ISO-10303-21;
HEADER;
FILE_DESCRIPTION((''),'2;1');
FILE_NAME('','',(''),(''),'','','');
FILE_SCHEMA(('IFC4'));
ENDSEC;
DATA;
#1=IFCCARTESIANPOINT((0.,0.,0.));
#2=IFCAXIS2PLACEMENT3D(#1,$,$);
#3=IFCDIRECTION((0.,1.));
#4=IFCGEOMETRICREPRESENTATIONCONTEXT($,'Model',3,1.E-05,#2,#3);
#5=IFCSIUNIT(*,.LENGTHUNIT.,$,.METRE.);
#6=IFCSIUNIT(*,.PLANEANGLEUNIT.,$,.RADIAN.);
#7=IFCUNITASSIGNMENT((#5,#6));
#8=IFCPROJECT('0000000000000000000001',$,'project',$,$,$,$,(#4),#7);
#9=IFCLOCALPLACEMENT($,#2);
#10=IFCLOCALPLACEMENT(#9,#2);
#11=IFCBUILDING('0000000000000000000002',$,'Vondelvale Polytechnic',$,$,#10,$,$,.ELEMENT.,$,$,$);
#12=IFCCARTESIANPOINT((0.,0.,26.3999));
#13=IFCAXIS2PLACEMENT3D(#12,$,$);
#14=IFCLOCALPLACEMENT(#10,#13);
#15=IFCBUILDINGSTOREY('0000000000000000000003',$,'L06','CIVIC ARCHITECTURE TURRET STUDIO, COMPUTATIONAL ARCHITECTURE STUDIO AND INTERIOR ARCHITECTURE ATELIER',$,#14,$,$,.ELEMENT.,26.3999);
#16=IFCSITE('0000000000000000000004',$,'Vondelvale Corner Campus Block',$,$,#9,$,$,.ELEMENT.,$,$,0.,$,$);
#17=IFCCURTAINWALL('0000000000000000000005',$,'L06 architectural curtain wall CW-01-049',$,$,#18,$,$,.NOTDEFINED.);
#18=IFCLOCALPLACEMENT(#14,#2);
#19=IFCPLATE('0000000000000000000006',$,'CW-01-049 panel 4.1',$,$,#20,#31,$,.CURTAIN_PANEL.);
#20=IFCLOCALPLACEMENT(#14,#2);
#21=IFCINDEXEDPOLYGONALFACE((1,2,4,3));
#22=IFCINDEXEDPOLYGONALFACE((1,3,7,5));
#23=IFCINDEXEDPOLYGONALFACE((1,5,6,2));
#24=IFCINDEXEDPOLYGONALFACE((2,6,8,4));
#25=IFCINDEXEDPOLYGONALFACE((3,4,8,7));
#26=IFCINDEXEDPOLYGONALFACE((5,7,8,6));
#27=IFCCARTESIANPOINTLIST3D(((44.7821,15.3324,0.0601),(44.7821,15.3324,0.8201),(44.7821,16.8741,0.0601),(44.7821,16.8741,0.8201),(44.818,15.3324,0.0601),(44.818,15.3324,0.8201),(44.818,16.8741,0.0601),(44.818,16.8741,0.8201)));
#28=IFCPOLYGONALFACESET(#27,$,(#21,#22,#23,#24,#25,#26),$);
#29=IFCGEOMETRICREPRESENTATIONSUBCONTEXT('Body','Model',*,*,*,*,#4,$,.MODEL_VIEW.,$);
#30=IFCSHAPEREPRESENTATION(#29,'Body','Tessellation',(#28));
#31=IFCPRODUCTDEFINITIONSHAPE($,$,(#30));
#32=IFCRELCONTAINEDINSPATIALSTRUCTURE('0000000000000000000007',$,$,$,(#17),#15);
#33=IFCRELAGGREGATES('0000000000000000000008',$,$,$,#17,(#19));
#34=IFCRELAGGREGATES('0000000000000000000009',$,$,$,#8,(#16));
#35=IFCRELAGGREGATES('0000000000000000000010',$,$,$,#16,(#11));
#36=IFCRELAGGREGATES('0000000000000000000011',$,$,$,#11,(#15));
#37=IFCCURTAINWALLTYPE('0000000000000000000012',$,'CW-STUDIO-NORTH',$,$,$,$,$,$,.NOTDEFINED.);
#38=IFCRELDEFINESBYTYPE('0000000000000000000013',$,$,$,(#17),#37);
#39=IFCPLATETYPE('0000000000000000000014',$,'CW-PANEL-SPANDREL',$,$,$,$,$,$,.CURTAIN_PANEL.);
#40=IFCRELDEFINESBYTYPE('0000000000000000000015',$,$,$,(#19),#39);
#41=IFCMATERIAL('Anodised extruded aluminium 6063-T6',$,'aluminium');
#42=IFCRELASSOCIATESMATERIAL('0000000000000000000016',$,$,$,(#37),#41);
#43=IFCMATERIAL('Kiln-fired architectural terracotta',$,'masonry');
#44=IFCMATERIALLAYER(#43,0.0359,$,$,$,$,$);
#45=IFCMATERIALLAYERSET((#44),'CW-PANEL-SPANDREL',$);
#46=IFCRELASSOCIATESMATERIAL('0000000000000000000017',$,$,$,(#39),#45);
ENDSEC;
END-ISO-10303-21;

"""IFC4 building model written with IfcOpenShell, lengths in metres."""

from ifc_helpers import new_model, si_unit, direction, frame, origin, origin_2d, place, context, subcontext, project, spatial, rectangle, extrude, material, layer, layer_set, type_object, element, aggregate, save


model = new_model("IFC4")

# Units and contexts
model_context = context("Model", 3, precision=1e-05, world=origin(), true_north=direction((0.0, 1.0)))
body_context = subcontext(model_context, "Body", "Model", "MODEL_VIEW")
ifc_project = project(units=[si_unit("LENGTHUNIT", "METRE"), si_unit("PLANEANGLEUNIT", "RADIAN")], contexts=[model_context])

# Site, building, storey
site_placement = place(None, origin())
site = spatial("IfcSite", under=ifc_project, at=site_placement, Name="Vondelvale Corner Campus Block", CompositionType="ELEMENT", RefElevation=0.0)
building_placement = place(site_placement, origin())
building = spatial("IfcBuilding", under=site, at=building_placement, Name="Vondelvale Polytechnic", CompositionType="ELEMENT")
storey_placement = place(building_placement, frame((0.0, 0.0, 26.3999)))
storey = spatial("IfcBuildingStorey", under=building, at=storey_placement, Name="L06", Description="CIVIC ARCHITECTURE TURRET STUDIO, COMPUTATIONAL ARCHITECTURE STUDIO AND INTERIOR ARCHITECTURE ATELIER", CompositionType="ELEMENT", Elevation=26.3999)

# Curtain wall
ifc_material_1 = material(Name="Anodised extruded aluminium 6063-T6", Category="aluminium")
curtain_wall_type = type_object("IfcCurtainWallType", Name="CW-STUDIO-NORTH", PredefinedType="NOTDEFINED", material=ifc_material_1)
curtain_wall_1_placement = place(storey_placement, origin())
curtain_wall_1 = element("IfcCurtainWall", 1, at=curtain_wall_1_placement, inside=storey, type_object=curtain_wall_type, Name="L06 architectural curtain wall CW-01-049", PredefinedType="NOTDEFINED")

# Plate
ifc_material_2 = material(Name="Kiln-fired architectural terracotta", Category="masonry")
ifc_layer_1 = layer(ifc_material_2, 0.0359)
ifc_layer_set_1 = layer_set([ifc_layer_1], Name="CW-PANEL-SPANDREL")
plate_type_1 = type_object("IfcPlateType", Name="CW-PANEL-SPANDREL", PredefinedType="CURTAIN_PANEL", material=ifc_layer_set_1)
plate_1_placement = place(storey_placement, frame((44.8, 16.1033, 0.0601), z_axis=(0.0, 0.0, 1.0), x_axis=(0.0, 1.0, 0.0)))
plate_1 = element("IfcPlate", 2, at=plate_1_placement, type_object=plate_type_1, Name="CW-01-049 panel 4.1", PredefinedType="CURTAIN_PANEL", context=body_context, shape_type="SweptSolid", body=[
    extrude(rectangle(XDim=1.5417, YDim=0.0359, at=origin_2d()), origin(), (0.0, 0.0, 1.0), 0.76),
])
aggregate(curtain_wall_1, [plate_1])

save(model, "model.ifc")
